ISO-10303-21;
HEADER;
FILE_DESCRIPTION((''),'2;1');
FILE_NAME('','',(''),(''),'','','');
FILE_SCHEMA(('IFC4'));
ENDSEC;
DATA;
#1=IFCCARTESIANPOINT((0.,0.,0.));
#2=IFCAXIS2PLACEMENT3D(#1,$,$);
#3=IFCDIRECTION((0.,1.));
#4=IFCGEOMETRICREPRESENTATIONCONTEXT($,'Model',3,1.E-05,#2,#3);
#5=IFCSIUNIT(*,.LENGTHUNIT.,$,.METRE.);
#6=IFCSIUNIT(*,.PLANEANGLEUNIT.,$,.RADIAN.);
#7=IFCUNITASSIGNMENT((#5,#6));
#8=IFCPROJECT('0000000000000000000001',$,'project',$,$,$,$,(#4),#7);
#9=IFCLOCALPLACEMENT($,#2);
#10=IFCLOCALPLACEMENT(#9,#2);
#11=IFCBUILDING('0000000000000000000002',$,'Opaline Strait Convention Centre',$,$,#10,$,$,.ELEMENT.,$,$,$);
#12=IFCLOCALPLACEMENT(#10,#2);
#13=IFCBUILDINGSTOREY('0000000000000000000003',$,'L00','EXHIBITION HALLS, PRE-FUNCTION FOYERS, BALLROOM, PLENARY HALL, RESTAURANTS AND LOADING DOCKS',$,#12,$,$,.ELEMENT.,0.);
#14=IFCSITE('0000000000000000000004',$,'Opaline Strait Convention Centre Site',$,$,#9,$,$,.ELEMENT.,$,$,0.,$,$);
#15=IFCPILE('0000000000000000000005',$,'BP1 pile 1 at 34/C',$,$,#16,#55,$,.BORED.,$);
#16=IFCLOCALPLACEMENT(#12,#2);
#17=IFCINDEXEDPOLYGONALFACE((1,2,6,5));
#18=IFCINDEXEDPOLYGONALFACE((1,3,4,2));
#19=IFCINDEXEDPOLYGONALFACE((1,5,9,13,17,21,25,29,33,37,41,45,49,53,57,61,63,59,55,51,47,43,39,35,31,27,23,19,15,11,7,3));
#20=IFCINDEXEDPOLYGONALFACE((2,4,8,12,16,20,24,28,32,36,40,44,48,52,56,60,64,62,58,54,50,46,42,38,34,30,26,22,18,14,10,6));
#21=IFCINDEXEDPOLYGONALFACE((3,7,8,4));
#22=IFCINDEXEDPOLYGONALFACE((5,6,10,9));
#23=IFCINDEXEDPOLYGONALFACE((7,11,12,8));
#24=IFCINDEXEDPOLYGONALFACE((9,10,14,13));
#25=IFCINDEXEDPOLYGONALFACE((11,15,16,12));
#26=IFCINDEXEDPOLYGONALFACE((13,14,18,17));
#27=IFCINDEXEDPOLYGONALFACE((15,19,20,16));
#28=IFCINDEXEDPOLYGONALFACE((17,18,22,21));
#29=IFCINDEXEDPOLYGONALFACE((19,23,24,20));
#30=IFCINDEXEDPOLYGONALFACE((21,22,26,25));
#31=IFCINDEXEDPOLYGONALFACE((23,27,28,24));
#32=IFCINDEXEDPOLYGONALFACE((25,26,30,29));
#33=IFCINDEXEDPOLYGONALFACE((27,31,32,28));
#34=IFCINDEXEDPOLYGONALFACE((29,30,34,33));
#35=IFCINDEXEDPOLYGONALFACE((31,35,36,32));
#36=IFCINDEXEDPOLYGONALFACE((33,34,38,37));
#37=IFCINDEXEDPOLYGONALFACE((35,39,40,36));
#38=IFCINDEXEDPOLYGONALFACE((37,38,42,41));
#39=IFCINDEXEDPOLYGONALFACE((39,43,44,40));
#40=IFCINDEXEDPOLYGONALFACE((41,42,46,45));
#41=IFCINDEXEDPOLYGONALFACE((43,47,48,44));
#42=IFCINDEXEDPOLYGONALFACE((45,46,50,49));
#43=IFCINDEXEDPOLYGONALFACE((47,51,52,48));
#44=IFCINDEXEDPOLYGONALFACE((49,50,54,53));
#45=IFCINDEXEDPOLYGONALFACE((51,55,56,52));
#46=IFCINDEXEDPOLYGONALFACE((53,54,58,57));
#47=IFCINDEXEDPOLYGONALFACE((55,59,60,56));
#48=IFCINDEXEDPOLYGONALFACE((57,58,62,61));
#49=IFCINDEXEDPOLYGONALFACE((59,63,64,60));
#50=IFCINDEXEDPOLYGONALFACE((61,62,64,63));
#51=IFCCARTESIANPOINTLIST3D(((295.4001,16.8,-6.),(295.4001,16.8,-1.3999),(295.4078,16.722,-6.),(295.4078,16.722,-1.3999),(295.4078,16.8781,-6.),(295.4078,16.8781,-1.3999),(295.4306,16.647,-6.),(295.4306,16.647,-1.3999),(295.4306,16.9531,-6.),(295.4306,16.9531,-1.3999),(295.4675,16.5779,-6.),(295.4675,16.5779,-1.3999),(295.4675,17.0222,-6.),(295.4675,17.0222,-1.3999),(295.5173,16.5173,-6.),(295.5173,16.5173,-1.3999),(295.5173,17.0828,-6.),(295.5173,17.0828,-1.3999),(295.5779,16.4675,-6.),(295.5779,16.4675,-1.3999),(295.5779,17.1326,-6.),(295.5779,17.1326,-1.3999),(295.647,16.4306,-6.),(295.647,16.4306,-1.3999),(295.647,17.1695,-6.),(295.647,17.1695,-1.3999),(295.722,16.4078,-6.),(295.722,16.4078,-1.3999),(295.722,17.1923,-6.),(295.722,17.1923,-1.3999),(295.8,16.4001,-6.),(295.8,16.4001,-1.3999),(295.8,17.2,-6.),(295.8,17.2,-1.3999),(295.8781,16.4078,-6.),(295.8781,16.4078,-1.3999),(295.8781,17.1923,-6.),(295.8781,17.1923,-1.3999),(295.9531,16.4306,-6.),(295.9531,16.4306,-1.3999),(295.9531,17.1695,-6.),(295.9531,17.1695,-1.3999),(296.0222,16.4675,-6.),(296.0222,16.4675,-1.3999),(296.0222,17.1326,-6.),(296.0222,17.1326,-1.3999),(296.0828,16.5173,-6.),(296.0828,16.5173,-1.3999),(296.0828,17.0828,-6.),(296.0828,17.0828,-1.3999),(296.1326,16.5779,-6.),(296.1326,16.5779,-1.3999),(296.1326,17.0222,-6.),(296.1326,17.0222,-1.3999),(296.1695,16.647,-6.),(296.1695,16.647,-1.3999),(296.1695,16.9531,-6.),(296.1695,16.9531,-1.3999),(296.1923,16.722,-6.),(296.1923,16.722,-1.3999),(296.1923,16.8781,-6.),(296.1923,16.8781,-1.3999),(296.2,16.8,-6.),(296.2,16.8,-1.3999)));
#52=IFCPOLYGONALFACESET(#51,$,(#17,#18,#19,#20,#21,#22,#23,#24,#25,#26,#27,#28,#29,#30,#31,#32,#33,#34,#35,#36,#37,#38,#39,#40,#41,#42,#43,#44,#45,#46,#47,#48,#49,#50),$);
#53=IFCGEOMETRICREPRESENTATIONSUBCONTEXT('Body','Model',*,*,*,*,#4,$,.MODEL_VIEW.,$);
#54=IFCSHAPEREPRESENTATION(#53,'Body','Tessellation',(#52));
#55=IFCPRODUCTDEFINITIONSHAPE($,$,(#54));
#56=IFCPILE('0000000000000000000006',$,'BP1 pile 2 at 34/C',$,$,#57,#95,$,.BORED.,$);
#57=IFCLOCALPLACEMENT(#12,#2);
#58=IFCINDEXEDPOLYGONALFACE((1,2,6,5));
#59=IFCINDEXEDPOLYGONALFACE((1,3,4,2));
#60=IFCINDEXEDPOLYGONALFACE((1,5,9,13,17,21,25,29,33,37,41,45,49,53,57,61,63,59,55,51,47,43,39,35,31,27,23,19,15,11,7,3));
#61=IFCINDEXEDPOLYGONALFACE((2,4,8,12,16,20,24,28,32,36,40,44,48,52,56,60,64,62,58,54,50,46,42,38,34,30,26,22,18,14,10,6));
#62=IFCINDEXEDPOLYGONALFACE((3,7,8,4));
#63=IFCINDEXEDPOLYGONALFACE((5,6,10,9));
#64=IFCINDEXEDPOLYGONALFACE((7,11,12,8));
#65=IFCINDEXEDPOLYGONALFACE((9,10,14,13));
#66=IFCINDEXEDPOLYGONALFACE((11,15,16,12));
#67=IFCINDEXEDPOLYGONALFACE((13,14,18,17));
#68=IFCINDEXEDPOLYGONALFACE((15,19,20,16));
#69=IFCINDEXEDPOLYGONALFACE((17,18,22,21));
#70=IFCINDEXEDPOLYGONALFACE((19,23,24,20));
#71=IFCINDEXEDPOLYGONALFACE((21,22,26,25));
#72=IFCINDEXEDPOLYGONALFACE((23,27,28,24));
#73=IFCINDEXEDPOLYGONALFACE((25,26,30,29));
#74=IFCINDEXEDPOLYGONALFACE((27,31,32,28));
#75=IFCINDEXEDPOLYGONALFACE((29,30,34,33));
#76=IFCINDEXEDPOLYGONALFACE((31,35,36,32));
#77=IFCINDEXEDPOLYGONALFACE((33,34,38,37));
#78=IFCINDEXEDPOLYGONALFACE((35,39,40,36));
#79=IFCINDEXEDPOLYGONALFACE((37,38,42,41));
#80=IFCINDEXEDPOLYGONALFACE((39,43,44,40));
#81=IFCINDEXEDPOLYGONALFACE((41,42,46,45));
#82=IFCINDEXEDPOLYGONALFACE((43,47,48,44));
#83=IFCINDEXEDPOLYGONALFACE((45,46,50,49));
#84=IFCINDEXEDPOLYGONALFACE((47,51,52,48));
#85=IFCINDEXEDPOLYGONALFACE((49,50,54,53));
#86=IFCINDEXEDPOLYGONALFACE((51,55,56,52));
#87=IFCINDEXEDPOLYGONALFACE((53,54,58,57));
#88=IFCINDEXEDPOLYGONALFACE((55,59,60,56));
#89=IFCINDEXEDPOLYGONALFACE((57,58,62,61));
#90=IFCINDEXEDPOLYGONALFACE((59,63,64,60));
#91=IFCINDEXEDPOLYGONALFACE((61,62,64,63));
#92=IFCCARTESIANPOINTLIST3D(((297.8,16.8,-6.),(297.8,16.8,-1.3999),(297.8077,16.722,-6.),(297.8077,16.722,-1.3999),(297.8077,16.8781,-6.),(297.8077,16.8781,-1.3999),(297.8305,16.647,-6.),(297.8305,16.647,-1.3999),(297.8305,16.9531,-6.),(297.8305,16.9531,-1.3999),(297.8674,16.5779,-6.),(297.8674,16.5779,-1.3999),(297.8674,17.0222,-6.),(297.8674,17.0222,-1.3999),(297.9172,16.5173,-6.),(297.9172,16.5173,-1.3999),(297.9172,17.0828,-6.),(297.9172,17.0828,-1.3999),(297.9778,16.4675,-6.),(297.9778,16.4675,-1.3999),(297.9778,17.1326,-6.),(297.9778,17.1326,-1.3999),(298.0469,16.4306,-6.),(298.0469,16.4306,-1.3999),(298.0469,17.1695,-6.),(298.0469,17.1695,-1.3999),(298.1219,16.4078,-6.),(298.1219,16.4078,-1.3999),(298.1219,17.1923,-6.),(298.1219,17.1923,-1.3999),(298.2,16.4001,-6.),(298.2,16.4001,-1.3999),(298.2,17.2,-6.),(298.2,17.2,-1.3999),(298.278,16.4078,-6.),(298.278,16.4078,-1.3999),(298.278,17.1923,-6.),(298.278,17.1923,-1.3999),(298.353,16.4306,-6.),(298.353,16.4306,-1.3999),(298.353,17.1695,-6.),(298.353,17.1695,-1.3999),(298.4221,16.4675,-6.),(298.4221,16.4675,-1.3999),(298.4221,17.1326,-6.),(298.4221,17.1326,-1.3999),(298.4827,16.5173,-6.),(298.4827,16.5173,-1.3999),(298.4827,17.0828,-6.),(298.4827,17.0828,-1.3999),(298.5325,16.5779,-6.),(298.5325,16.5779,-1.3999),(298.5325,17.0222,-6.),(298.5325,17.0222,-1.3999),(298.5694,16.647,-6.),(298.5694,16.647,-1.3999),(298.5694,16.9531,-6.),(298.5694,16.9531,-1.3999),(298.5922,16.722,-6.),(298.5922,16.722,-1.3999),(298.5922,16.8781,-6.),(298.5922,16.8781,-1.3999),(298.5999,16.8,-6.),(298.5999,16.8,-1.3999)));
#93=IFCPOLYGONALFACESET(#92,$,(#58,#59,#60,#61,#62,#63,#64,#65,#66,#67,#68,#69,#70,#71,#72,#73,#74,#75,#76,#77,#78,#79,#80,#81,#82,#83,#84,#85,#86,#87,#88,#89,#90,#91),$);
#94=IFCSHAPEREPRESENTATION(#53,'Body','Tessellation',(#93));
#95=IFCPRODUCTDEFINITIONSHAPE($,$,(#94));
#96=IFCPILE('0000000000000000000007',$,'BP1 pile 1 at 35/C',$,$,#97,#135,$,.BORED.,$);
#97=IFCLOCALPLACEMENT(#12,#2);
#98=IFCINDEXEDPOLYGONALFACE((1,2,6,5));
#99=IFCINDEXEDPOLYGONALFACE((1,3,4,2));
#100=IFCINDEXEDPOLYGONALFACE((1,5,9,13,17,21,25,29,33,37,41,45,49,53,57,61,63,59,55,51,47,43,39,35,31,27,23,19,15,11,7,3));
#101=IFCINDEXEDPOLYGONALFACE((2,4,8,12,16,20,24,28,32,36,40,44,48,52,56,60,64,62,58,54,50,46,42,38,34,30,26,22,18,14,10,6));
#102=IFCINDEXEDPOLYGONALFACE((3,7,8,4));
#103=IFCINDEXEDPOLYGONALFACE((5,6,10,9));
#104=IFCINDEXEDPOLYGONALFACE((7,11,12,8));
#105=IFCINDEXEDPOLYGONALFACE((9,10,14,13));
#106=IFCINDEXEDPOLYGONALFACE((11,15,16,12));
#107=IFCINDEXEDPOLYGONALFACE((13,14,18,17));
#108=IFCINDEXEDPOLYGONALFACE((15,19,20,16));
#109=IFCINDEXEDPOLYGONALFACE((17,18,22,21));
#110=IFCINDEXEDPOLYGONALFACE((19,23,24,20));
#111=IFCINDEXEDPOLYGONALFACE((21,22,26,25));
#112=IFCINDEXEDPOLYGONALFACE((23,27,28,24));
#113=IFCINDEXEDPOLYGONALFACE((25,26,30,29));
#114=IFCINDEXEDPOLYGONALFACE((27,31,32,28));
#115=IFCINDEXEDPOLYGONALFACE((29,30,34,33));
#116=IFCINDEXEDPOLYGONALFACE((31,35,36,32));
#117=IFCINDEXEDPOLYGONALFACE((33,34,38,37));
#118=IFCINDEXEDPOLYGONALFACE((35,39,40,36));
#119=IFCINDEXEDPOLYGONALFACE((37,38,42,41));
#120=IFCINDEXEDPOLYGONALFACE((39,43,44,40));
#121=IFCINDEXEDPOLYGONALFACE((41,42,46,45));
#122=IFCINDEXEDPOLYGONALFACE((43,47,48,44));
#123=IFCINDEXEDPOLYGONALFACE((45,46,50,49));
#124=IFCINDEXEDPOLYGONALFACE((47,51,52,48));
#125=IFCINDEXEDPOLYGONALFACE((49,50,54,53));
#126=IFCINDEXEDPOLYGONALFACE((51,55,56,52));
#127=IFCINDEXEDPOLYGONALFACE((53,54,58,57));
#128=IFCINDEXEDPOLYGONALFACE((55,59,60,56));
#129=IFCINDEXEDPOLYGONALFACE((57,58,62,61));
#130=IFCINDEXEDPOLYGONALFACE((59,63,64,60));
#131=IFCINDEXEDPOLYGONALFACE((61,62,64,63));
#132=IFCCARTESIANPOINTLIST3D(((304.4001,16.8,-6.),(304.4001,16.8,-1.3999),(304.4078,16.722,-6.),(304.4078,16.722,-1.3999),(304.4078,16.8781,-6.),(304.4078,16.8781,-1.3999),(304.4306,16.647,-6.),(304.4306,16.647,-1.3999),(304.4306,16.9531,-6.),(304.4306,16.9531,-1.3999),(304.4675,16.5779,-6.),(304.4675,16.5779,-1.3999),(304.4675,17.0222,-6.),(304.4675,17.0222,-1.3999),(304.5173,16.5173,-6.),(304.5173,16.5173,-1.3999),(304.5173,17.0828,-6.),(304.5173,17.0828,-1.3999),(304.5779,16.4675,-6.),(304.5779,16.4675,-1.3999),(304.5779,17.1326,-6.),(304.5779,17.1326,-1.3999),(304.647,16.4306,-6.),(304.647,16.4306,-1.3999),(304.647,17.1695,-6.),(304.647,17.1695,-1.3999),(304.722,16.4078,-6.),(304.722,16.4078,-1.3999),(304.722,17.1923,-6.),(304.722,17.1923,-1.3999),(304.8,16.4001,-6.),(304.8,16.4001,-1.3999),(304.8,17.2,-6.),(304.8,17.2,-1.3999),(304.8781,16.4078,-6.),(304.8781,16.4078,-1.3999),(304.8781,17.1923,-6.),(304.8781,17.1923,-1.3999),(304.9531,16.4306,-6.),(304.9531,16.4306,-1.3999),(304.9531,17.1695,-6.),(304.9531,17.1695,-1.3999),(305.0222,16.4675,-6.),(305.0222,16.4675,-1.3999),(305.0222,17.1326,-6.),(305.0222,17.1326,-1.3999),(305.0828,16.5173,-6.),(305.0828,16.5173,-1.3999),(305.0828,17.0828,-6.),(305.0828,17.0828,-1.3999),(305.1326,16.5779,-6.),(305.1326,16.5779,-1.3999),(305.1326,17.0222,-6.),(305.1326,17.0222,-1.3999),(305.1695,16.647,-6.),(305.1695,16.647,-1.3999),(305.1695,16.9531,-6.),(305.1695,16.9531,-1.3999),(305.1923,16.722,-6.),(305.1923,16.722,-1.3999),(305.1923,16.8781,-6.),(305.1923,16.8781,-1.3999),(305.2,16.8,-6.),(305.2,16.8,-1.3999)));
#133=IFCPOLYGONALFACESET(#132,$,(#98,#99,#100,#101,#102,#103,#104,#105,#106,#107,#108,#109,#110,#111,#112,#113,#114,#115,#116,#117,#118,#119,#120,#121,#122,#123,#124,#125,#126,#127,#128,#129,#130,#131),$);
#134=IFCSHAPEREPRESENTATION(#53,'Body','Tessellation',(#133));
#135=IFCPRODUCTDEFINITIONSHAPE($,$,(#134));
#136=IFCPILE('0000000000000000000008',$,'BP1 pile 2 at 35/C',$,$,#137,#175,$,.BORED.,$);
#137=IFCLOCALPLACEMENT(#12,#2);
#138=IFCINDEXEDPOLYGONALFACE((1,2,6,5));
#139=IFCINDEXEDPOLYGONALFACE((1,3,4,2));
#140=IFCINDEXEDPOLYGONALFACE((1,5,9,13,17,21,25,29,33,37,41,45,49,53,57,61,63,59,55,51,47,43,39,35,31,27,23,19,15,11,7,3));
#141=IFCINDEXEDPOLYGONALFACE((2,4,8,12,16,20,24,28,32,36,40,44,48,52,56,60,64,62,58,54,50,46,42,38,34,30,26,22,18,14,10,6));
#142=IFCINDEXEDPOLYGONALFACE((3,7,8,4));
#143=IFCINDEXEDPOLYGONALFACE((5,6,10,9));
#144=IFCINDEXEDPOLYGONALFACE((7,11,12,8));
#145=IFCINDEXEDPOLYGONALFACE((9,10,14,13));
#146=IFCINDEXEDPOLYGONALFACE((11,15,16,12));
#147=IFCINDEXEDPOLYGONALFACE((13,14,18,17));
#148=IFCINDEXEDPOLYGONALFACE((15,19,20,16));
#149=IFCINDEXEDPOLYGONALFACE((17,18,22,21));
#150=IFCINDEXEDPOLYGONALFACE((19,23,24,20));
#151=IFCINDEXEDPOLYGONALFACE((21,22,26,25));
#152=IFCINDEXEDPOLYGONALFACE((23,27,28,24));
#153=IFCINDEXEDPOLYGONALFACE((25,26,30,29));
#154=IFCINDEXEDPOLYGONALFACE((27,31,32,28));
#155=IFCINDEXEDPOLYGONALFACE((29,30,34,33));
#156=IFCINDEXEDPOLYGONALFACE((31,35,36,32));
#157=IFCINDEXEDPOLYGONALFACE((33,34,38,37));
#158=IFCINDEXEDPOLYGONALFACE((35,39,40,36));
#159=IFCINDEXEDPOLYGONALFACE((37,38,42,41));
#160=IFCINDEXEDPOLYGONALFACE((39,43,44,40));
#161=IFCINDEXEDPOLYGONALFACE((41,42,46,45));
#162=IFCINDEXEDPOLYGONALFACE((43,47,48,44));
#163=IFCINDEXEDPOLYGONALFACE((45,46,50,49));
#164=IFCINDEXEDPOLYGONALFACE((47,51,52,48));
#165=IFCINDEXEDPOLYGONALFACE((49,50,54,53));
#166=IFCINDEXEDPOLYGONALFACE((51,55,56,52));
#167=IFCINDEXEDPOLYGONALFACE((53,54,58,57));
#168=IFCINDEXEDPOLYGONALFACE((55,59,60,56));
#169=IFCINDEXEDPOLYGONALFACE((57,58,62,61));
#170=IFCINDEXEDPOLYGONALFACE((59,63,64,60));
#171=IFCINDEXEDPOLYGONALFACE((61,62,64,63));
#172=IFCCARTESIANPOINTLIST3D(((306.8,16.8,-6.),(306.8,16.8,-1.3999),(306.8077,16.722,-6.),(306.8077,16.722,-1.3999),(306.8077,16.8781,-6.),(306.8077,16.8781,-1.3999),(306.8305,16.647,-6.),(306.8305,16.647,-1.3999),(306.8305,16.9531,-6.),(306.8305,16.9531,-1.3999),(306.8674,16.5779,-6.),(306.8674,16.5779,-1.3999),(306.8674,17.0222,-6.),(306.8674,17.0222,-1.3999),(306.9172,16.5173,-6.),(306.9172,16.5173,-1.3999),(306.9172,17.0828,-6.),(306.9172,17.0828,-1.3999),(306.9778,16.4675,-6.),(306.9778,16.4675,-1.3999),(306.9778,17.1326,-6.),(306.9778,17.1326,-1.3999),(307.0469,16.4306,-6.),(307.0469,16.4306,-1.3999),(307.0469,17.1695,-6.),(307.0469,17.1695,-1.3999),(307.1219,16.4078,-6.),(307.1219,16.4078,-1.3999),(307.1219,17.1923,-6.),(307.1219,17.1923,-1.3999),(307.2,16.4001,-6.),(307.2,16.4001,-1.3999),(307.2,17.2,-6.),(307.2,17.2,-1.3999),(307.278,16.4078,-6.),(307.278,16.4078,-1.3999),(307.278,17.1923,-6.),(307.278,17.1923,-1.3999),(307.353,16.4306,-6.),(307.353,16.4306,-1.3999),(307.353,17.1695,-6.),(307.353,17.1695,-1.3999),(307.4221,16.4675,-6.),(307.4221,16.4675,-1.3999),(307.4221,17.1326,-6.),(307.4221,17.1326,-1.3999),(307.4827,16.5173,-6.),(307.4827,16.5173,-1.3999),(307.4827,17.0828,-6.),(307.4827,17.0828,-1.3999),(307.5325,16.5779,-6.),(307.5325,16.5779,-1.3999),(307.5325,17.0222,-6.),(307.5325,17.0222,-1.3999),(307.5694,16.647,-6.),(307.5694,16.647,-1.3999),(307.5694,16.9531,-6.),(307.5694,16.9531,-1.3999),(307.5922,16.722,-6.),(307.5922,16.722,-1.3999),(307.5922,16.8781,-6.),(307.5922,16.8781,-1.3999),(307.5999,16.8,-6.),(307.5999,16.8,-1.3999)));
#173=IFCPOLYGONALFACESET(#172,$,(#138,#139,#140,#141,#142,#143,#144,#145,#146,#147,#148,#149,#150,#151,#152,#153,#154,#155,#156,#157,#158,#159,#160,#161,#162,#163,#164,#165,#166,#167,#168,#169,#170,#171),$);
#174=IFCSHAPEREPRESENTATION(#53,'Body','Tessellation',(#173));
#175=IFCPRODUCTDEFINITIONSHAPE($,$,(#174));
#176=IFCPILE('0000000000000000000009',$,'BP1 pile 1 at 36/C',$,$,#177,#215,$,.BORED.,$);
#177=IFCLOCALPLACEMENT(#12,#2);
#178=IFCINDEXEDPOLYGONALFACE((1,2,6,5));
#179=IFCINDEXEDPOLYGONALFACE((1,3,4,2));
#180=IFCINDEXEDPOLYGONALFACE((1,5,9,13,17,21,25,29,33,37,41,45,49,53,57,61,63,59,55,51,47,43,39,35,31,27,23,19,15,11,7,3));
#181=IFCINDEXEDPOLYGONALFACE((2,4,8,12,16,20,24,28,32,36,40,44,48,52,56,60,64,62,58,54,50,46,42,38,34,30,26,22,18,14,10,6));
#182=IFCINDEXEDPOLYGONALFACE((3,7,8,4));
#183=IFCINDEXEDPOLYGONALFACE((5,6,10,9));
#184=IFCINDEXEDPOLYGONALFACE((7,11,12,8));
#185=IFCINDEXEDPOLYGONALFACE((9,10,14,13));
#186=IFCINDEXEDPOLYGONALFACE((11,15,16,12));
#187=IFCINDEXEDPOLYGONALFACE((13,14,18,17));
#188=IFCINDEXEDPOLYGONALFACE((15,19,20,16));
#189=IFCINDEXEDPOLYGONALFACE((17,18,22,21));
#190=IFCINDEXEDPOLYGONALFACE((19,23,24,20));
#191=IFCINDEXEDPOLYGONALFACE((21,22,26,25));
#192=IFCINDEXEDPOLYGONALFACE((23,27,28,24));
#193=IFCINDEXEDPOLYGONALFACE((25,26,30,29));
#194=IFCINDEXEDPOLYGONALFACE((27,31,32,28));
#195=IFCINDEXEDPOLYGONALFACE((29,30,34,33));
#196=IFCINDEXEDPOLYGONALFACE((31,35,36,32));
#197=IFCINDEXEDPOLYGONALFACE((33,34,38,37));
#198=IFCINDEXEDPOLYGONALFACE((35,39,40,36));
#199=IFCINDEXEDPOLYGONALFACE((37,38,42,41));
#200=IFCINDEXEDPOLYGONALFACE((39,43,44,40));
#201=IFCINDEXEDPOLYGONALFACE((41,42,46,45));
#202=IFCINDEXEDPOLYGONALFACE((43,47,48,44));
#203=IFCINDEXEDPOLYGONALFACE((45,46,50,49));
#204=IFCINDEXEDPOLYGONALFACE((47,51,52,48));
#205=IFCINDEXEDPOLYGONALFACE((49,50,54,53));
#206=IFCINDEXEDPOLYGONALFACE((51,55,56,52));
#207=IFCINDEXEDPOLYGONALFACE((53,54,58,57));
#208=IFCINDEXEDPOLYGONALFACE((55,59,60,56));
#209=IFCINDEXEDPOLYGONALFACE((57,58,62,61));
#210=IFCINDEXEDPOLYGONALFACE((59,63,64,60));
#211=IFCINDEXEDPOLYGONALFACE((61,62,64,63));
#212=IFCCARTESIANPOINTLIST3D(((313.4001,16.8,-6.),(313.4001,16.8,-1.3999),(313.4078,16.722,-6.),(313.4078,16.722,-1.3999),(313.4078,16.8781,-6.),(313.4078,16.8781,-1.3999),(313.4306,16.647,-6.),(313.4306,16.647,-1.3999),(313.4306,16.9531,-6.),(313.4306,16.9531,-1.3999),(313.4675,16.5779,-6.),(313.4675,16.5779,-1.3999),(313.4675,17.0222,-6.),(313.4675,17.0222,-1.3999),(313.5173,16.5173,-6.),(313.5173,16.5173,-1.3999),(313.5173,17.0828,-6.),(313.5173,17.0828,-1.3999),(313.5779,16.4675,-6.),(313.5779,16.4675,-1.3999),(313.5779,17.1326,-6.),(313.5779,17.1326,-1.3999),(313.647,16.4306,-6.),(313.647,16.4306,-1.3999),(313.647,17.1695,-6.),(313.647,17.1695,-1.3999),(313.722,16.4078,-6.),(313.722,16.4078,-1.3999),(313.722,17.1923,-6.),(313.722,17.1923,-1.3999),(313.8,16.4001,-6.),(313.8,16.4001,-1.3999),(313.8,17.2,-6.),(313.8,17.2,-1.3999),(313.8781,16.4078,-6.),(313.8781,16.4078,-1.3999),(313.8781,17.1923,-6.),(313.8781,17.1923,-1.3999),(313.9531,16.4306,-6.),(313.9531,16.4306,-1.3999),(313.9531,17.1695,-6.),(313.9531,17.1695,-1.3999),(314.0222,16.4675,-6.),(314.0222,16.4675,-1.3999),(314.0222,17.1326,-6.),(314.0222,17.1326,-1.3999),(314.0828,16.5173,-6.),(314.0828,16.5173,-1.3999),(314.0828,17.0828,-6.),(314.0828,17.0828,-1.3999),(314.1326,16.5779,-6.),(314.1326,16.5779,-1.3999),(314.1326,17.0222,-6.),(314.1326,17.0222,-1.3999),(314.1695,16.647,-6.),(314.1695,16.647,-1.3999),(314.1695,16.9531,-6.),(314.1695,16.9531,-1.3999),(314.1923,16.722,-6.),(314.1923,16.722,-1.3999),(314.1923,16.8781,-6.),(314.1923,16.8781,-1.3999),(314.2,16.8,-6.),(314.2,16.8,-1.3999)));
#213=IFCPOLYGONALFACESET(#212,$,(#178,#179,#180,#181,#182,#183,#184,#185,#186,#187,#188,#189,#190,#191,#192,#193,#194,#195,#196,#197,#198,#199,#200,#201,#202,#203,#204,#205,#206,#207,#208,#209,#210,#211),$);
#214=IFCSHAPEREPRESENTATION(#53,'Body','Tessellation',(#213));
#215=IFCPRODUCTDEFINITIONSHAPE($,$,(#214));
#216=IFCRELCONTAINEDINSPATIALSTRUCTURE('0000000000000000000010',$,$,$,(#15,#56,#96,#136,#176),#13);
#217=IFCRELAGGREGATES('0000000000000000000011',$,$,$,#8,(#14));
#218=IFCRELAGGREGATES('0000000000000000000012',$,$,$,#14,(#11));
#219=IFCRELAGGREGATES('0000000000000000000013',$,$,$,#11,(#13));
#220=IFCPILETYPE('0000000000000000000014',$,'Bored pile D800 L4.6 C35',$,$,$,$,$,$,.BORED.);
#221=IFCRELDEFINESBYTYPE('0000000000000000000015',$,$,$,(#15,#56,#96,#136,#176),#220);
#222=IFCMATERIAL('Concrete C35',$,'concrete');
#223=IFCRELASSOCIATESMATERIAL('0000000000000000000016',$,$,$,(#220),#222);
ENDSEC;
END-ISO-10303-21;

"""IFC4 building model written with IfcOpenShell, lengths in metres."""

from ifc_helpers import new_model, si_unit, direction, frame, origin, origin_2d, place, context, subcontext, project, spatial, circle, extrude, material, material_profile, profile_set, type_object, element, save


model = new_model("IFC4")

# Units and contexts
model_context = context("Model", 3, precision=1e-05, world=origin(), true_north=direction((0.0, 1.0)))
body_context = subcontext(model_context, "Body", "Model", "MODEL_VIEW")
ifc_project = project(units=[si_unit("LENGTHUNIT", "METRE"), si_unit("PLANEANGLEUNIT", "RADIAN")], contexts=[model_context])

# Site, building, storey
site_placement = place(None, origin())
site = spatial("IfcSite", under=ifc_project, at=site_placement, Name="Opaline Strait Convention Centre Site", CompositionType="ELEMENT", RefElevation=0.0)
building_placement = place(site_placement, origin())
building = spatial("IfcBuilding", under=site, at=building_placement, Name="Opaline Strait Convention Centre", CompositionType="ELEMENT")
storey_placement = place(building_placement, origin())
storey = spatial("IfcBuildingStorey", under=building, at=storey_placement, Name="L00", Description="EXHIBITION HALLS, PRE-FUNCTION FOYERS, BALLROOM, PLENARY HALL, RESTAURANTS AND LOADING DOCKS", CompositionType="ELEMENT", Elevation=0.0)

# Piles
ifc_material_1 = material(Name="Concrete C35", Category="concrete")
ifc_material_profile_1 = material_profile(ifc_material_1, circle(Radius=0.3999, at=origin_2d()), Name="D800")
ifc_profile_set_1 = profile_set([ifc_material_profile_1], Name="Concrete C35")
pile_type = type_object("IfcPileType", Name="Bored pile D800 L4.6 C35", PredefinedType="BORED", material=ifc_profile_set_1)
for number, where, z_axis, x_axis, name in (
    (1, (295.8, 16.8, -1.3999), (0.0, 0.0, -1.0), (1.0, 0.0, 0.0), "BP1 pile 1 at 34/C"),
    (2, (298.2, 16.8, -1.3999), (0.0, 0.0, -1.0), (1.0, 0.0, 0.0), "BP1 pile 2 at 34/C"),
    (3, (304.8, 16.8, -1.3999), (0.0, 0.0, -1.0), (1.0, 0.0, 0.0), "BP1 pile 1 at 35/C"),
    (4, (307.2, 16.8, -1.3999), (0.0, 0.0, -1.0), (1.0, 0.0, 0.0), "BP1 pile 2 at 35/C"),
    (5, (313.8, 16.8, -1.3999), (0.0, 0.0, -1.0), (1.0, 0.0, 0.0), "BP1 pile 1 at 36/C"),
):
    element("IfcPile", number, at=place(storey_placement, frame(where, z_axis=z_axis, x_axis=x_axis)), inside=storey, type_object=pile_type, Name=name, PredefinedType="BORED", context=body_context, shape_type="SweptSolid", body=[
        extrude(circle(Radius=0.3999, at=origin_2d()), origin(), (0.0, 0.0, 1.0), 4.6001),
    ])

save(model, "model.ifc")
